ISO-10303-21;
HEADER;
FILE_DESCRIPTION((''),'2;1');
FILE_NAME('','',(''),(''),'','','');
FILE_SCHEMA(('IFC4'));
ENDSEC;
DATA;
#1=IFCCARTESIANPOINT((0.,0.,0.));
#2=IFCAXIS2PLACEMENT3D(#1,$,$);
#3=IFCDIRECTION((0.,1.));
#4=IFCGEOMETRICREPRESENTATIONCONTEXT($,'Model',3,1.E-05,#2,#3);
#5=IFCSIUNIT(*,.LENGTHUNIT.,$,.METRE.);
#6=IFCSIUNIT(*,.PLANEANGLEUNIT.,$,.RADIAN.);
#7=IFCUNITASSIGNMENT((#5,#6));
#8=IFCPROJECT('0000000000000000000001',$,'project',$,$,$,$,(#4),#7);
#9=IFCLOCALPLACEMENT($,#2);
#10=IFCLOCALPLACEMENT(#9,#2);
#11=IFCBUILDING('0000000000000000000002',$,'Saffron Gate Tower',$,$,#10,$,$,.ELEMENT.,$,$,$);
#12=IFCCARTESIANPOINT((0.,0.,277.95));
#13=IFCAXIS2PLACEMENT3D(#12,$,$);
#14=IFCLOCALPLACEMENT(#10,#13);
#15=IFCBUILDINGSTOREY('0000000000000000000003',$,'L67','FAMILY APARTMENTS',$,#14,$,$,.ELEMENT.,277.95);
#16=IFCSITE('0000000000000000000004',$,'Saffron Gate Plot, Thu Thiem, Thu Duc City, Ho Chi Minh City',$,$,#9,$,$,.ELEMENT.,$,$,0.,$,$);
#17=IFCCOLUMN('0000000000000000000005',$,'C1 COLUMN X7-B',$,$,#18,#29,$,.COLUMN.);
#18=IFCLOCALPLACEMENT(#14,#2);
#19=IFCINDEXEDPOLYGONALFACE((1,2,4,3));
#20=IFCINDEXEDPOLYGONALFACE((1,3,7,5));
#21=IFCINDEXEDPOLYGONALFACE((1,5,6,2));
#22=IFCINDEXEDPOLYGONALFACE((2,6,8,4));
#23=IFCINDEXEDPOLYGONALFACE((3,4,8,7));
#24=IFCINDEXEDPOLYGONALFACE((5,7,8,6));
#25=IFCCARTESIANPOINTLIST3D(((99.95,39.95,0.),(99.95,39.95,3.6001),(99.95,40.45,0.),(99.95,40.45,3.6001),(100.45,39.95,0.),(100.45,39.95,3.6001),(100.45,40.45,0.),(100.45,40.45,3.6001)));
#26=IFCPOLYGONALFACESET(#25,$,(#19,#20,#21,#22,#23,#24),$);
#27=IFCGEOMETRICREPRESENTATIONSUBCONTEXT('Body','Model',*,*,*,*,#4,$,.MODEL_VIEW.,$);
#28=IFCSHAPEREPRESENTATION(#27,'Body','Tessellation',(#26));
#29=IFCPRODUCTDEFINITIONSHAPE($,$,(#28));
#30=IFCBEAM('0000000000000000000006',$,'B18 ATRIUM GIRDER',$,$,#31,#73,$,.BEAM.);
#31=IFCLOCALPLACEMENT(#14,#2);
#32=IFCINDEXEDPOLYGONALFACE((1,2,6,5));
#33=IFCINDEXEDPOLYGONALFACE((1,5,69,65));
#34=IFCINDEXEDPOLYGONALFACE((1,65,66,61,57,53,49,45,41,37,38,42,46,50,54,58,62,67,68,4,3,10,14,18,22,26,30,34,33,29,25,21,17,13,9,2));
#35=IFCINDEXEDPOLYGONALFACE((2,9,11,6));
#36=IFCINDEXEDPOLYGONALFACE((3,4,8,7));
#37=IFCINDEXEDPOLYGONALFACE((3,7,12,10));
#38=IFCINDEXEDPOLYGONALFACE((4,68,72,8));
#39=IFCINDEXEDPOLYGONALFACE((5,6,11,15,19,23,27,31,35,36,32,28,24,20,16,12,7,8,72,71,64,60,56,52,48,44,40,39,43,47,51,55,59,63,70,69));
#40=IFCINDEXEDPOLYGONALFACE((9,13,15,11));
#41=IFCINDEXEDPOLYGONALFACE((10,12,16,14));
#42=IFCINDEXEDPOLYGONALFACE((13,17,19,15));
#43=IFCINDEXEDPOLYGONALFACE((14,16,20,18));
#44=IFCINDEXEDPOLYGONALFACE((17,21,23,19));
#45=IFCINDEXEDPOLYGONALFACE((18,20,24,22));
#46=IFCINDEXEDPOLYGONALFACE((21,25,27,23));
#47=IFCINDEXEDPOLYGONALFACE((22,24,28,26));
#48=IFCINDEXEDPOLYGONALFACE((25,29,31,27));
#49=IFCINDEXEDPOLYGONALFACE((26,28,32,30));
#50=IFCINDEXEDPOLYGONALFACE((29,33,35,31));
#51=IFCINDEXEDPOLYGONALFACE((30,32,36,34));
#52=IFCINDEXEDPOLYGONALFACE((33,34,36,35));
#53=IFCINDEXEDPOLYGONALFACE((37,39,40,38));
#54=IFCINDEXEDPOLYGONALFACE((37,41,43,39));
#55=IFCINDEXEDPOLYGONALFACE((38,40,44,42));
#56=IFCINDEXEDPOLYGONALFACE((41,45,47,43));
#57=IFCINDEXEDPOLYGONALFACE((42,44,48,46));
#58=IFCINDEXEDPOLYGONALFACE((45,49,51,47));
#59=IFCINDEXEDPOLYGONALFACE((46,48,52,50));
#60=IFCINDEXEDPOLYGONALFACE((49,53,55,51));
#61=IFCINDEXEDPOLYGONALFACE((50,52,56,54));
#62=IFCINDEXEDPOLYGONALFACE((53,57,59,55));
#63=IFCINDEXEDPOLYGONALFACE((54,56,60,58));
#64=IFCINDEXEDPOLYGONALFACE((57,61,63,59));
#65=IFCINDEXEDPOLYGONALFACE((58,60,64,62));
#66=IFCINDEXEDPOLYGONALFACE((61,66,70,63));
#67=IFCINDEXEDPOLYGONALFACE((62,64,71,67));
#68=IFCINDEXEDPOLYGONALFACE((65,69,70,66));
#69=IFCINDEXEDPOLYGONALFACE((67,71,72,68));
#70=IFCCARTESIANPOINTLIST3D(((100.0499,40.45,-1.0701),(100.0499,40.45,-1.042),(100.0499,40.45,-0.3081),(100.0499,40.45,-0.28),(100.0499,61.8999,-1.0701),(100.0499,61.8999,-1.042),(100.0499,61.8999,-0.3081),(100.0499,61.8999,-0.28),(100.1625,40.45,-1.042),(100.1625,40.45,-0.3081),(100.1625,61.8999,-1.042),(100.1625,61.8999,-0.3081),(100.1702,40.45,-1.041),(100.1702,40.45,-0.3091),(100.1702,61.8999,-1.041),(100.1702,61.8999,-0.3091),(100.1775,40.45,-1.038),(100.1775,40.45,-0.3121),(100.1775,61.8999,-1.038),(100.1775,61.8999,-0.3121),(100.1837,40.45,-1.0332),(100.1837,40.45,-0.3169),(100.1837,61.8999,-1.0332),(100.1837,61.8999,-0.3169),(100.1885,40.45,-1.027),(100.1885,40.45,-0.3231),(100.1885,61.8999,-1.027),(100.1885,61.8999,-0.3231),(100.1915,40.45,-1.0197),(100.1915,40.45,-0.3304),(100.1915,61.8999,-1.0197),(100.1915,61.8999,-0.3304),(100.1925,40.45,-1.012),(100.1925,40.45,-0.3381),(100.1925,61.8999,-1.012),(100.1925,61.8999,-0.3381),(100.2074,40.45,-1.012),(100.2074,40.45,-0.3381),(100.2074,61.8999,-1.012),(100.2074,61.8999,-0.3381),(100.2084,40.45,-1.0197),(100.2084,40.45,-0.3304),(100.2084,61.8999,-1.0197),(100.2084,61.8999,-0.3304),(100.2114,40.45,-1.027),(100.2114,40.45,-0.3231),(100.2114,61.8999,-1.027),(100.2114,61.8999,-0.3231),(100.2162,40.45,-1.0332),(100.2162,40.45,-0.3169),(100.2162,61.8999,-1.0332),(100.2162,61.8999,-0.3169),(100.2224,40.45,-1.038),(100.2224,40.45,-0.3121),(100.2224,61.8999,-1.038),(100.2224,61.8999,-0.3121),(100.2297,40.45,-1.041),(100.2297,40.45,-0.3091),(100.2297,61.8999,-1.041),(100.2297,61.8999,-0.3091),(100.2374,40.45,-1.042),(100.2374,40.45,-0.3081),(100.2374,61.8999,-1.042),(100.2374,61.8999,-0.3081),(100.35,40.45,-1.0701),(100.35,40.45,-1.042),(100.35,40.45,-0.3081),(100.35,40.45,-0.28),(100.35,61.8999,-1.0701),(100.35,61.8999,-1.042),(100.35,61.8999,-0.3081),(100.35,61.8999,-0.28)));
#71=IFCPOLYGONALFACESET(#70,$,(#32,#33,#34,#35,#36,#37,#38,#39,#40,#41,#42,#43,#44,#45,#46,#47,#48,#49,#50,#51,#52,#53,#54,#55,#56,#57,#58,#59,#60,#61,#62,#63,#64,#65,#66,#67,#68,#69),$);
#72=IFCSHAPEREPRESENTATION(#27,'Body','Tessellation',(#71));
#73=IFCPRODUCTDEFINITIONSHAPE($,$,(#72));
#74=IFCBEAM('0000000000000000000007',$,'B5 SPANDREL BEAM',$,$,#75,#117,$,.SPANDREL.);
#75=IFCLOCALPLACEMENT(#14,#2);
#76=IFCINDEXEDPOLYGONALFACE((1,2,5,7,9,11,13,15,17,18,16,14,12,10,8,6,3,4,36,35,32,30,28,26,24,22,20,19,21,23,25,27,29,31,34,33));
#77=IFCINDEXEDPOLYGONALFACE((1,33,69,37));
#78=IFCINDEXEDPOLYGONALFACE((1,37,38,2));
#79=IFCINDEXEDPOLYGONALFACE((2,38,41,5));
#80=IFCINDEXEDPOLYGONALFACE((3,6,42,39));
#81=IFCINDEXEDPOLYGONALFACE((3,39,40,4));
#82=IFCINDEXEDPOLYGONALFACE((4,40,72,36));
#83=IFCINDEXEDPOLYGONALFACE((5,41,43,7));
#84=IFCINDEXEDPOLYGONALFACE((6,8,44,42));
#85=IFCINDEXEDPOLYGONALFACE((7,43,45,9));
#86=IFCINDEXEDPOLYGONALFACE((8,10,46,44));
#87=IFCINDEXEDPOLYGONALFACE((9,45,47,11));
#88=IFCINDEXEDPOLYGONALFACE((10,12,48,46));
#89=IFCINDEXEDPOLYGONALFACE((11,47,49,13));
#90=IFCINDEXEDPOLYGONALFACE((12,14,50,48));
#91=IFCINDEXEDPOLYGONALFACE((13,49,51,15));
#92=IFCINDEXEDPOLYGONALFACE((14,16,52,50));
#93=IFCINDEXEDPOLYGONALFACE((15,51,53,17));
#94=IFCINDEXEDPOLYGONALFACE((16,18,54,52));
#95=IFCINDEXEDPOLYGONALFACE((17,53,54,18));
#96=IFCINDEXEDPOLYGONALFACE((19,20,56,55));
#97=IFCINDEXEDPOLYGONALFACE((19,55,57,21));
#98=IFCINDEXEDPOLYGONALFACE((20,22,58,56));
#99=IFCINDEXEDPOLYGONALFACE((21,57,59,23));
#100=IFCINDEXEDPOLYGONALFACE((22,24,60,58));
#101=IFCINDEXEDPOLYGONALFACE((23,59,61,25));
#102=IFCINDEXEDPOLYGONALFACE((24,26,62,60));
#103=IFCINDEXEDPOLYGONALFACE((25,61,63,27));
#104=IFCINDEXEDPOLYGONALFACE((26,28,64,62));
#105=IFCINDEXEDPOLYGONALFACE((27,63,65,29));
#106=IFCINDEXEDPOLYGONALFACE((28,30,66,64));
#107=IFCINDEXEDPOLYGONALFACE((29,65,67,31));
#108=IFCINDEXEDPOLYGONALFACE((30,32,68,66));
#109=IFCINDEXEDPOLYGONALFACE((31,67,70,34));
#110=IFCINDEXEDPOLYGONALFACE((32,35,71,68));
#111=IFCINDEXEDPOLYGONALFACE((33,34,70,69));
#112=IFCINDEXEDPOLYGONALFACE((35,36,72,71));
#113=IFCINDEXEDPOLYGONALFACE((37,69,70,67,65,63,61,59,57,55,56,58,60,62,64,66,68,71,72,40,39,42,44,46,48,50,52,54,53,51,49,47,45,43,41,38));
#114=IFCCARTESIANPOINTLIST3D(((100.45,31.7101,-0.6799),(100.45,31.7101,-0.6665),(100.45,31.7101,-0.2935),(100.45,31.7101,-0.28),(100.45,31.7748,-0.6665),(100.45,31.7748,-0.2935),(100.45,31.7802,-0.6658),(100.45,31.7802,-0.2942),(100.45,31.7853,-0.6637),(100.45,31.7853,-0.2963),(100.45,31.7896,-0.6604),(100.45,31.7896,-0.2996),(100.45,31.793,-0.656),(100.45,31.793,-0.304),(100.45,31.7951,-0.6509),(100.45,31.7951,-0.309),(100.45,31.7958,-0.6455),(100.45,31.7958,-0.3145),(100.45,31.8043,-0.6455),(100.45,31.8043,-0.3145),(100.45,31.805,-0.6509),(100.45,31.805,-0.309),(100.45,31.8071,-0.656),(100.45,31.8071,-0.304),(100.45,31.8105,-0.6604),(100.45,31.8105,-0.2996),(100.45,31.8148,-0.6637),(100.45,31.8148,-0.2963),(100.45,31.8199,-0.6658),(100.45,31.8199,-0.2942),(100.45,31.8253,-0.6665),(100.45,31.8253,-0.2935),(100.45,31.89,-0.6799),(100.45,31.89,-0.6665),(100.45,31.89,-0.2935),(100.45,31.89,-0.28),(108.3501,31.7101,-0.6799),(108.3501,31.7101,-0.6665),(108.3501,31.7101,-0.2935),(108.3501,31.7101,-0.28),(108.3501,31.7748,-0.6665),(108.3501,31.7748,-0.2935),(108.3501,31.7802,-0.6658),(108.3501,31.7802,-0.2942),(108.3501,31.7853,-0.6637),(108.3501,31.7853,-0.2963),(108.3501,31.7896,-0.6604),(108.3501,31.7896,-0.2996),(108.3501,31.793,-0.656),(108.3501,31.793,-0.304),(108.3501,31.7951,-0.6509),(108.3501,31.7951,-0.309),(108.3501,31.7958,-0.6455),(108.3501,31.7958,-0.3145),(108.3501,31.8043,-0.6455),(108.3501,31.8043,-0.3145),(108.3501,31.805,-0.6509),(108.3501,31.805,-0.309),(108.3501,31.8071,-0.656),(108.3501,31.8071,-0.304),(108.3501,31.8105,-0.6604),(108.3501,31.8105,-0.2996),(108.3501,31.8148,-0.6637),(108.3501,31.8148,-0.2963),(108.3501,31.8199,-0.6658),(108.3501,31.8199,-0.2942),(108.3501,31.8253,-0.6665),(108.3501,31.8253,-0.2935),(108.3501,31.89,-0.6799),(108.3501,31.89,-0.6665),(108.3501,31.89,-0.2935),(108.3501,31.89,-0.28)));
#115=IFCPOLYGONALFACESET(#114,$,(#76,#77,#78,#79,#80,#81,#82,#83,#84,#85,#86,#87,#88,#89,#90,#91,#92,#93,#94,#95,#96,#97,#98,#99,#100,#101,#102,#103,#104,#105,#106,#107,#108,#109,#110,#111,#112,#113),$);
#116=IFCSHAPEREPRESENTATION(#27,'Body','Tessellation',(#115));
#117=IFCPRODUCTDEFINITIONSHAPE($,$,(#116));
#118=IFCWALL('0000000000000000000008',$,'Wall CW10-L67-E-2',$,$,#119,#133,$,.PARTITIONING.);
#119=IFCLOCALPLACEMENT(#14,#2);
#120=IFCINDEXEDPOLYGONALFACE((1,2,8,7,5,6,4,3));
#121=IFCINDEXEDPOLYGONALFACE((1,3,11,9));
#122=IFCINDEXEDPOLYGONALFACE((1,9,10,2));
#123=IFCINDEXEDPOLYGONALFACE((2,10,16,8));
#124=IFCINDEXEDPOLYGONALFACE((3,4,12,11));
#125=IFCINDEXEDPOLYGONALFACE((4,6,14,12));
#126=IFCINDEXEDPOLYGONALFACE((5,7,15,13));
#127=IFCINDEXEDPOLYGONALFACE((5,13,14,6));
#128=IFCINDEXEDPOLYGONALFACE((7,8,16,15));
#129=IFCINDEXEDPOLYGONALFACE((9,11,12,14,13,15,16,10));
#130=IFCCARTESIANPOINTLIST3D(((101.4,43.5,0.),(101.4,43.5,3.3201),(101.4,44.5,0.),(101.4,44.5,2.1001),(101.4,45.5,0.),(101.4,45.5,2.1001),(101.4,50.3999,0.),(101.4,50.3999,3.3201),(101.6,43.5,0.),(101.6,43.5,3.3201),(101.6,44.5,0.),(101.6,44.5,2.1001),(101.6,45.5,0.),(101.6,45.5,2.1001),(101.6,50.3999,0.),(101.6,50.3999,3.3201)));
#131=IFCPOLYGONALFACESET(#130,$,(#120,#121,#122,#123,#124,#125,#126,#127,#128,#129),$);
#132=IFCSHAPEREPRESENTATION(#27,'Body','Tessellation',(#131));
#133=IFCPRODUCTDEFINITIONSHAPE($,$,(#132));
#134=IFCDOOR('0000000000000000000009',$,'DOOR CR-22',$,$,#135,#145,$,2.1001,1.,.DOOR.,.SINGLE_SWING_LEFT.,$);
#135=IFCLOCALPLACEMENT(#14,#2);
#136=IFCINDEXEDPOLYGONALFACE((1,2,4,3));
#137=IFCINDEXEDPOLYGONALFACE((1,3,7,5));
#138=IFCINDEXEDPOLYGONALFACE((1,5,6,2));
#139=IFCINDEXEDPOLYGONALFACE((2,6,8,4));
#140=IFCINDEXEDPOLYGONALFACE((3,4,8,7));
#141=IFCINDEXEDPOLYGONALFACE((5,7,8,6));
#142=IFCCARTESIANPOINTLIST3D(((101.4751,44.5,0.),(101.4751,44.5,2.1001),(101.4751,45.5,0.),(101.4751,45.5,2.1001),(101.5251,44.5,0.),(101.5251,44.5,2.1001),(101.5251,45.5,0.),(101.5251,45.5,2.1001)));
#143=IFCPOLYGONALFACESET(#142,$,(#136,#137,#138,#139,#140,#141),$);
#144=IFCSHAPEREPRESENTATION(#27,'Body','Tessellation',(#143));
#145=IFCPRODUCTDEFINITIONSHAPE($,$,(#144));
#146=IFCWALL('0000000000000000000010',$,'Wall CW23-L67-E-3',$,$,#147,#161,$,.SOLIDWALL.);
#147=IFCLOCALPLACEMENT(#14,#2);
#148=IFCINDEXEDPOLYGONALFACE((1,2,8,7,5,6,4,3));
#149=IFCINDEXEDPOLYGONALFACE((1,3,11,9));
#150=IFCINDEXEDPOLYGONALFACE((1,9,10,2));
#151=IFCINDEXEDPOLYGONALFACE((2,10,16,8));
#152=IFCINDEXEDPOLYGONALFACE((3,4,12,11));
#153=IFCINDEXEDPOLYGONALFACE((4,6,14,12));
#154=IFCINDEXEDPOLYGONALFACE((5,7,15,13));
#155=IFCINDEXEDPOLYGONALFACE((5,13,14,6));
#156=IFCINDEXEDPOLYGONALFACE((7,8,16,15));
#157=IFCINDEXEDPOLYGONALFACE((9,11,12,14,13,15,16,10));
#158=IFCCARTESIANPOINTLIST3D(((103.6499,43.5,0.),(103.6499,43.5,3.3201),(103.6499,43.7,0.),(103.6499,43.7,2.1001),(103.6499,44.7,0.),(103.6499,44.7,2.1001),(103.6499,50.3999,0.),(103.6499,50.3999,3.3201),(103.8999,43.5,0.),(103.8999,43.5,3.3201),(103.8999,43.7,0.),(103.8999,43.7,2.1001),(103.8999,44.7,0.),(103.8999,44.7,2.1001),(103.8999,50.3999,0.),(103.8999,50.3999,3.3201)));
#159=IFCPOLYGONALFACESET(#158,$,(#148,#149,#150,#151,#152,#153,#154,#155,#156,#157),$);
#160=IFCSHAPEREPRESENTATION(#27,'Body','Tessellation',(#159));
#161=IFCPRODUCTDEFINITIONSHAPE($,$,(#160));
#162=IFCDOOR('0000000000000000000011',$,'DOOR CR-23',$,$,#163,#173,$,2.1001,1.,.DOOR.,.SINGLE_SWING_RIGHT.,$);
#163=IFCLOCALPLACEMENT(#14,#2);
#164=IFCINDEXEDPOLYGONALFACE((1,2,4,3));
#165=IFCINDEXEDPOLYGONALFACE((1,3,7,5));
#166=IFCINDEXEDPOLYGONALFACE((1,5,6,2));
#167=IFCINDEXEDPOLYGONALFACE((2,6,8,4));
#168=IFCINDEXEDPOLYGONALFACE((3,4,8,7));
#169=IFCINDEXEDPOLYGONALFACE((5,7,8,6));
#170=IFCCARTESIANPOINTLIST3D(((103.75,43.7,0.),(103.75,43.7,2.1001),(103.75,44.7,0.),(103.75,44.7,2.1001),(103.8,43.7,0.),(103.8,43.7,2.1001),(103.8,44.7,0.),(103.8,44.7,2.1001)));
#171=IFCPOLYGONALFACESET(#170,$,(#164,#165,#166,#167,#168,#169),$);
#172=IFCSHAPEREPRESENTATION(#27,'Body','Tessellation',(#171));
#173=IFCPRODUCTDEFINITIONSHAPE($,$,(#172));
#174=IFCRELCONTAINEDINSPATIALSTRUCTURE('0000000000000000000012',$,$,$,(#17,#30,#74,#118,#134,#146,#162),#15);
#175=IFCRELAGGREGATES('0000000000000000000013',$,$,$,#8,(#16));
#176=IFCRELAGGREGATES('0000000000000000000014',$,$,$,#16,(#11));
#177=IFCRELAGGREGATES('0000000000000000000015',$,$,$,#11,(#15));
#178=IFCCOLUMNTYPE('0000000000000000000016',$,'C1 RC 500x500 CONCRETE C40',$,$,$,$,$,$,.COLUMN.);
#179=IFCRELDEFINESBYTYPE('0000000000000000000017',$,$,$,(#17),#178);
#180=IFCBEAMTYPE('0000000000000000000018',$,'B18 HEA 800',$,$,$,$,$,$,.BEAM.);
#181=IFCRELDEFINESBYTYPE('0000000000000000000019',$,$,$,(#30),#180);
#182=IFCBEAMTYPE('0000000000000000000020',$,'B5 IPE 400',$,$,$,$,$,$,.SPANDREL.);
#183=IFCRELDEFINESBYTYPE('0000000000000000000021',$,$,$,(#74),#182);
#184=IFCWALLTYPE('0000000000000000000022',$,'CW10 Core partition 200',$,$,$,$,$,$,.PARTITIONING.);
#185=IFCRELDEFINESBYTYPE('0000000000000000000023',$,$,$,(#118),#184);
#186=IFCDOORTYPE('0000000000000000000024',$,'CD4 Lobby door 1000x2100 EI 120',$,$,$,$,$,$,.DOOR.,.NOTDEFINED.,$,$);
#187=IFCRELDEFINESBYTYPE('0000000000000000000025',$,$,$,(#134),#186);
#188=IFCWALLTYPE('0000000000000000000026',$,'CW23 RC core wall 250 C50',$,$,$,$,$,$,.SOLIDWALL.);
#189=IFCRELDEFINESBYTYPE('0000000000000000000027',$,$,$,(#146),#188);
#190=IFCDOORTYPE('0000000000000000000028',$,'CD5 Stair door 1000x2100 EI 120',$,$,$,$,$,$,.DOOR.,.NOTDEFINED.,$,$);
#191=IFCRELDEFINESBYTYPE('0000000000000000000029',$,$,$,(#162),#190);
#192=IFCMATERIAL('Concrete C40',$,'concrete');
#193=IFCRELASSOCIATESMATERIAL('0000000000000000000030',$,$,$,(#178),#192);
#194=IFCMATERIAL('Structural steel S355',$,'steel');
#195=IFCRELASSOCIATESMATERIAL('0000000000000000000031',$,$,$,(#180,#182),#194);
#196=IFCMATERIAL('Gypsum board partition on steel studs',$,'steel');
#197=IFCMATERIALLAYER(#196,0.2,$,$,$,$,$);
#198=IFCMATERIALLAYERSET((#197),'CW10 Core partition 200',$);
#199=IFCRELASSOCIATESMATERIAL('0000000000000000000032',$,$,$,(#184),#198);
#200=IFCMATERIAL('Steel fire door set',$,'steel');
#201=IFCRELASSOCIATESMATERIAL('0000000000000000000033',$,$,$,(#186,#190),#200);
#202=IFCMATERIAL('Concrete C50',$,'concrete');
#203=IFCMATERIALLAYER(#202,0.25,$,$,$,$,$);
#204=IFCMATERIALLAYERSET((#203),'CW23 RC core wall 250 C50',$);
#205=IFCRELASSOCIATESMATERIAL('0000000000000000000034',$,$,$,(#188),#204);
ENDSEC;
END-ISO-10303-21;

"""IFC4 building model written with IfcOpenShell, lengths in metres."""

from ifc_helpers import new_model, si_unit, direction, frame, frame_2d, origin, origin_2d, place, context, subcontext, project, spatial, rectangle, i_section, extrude, material, layer, layer_set, material_profile, profile_set, type_object, element, fill, save


model = new_model("IFC4")

# Units and contexts
model_context = context("Model", 3, precision=1e-05, world=origin(), true_north=direction((0.0, 1.0)))
body_context = subcontext(model_context, "Body", "Model", "MODEL_VIEW")
ifc_project = project(units=[si_unit("LENGTHUNIT", "METRE"), si_unit("PLANEANGLEUNIT", "RADIAN")], contexts=[model_context])

# Site, building, storey
site_placement = place(None, origin())
site = spatial("IfcSite", under=ifc_project, at=site_placement, Name="Saffron Gate Plot, Thu Thiem, Thu Duc City, Ho Chi Minh City", CompositionType="ELEMENT", RefElevation=0.0)
building_placement = place(site_placement, origin())
building = spatial("IfcBuilding", under=site, at=building_placement, Name="Saffron Gate Tower", CompositionType="ELEMENT")
storey_placement = place(building_placement, frame((0.0, 0.0, 277.95)))
storey = spatial("IfcBuildingStorey", under=building, at=storey_placement, Name="L67", Description="FAMILY APARTMENTS", CompositionType="ELEMENT", Elevation=277.95)

# Column
ifc_material_1 = material(Name="Concrete C40", Category="concrete")
ifc_material_profile_1 = material_profile(ifc_material_1, rectangle(XDim=0.5, YDim=0.5, at=origin_2d()))
ifc_profile_set_1 = profile_set([ifc_material_profile_1], Name="Concrete C40")
column_type = type_object("IfcColumnType", Name="C1 RC 500x500 CONCRETE C40", PredefinedType="COLUMN", material=ifc_profile_set_1)
column_placement = place(storey_placement, frame((100.2, 40.2, 0.0), z_axis=(0.0, 0.0, 1.0), x_axis=(1.0, 0.0, 0.0)))
element("IfcColumn", 1, at=column_placement, inside=storey, type_object=column_type, Name="C1 COLUMN X7-B", PredefinedType="COLUMN", context=body_context, shape_type="SweptSolid", body=[
    extrude(rectangle(XDim=0.5, YDim=0.5, at=origin_2d()), origin(), (0.0, 0.0, 1.0), 3.6001),
])

# Beams
ifc_material_2 = material(Name="Structural steel S355", Category="steel")
ifc_material_profile_2 = material_profile(ifc_material_2, i_section(OverallWidth=0.3, OverallDepth=0.79, WebThickness=0.0149, FlangeThickness=0.0281, FilletRadius=0.03, at=origin_2d()))
ifc_profile_set_2 = profile_set([ifc_material_profile_2], Name="Structural steel S355")
beam_type_1 = type_object("IfcBeamType", Name="B18 HEA 800", PredefinedType="BEAM", material=ifc_profile_set_2)
beam_1_placement = place(storey_placement, frame((100.2, 40.45, -0.675), z_axis=(0.0, 1.0, 0.0), x_axis=(-1.0, 0.0, 0.0)))
element("IfcBeam", 2, at=beam_1_placement, inside=storey, type_object=beam_type_1, Name="B18 ATRIUM GIRDER", PredefinedType="BEAM", context=body_context, shape_type="SweptSolid", body=[
    extrude(i_section(OverallWidth=0.3, OverallDepth=0.79, WebThickness=0.0149, FlangeThickness=0.0281, FilletRadius=0.03, at=origin_2d()), origin(), (0.0, 0.0, 1.0), 21.45),
])
ifc_material_profile_3 = material_profile(ifc_material_2, i_section(OverallWidth=0.1799, OverallDepth=0.3999, WebThickness=0.0085, FlangeThickness=0.0134, FilletRadius=0.021, at=origin_2d()))
ifc_profile_set_3 = profile_set([ifc_material_profile_3], Name="Structural steel S355")
beam_type_2 = type_object("IfcBeamType", Name="B5 IPE 400", PredefinedType="SPANDREL", material=ifc_profile_set_3)
beam_2_placement = place(storey_placement, frame((100.45, 31.8, -0.48), z_axis=(1.0, 0.0, 0.0), x_axis=(0.0, 1.0, 0.0)))
element("IfcBeam", 3, at=beam_2_placement, inside=storey, type_object=beam_type_2, Name="B5 SPANDREL BEAM", PredefinedType="SPANDREL", context=body_context, shape_type="SweptSolid", body=[
    extrude(i_section(OverallWidth=0.1799, OverallDepth=0.3999, WebThickness=0.0085, FlangeThickness=0.0134, FilletRadius=0.021, at=origin_2d()), origin(), (0.0, 0.0, 1.0), 7.9001),
])

# Walls, openings, doors
ifc_material_3 = material(Name="Gypsum board partition on steel studs", Category="steel")
ifc_layer_1 = layer(ifc_material_3, 0.2)
ifc_layer_set_1 = layer_set([ifc_layer_1], Name="CW10 Core partition 200")
wall_type_1 = type_object("IfcWallType", Name="CW10 Core partition 200", PredefinedType="PARTITIONING", material=ifc_layer_set_1)
wall_1_placement = place(storey_placement, frame((101.5, 43.5, 0.0), z_axis=(0.0, 0.0, 1.0), x_axis=(0.0, 1.0, 0.0)))
wall_1 = element("IfcWall", 4, at=wall_1_placement, inside=storey, type_object=wall_type_1, Name="Wall CW10-L67-E-2", PredefinedType="PARTITIONING", context=body_context, shape_type="SweptSolid", body=[
    extrude(rectangle(XDim=6.8999, YDim=0.2, at=frame_2d((3.45, 0.0))), origin(), (0.0, 0.0, 1.0), 3.3201),
])
opening_1_placement = place(wall_1_placement, frame((1.0, 0.0, 0.0)))
opening_1 = element("IfcOpeningElement", 5, at=opening_1_placement, cuts=wall_1, PredefinedType="OPENING", context=body_context, shape_type="SweptSolid", body=[
    extrude(rectangle(XDim=1.0, YDim=2.1001, at=frame_2d((0.5, 1.05))), frame((0.0, 0.1099, 0.0), z_axis=(0.0, -1.0, 0.0), x_axis=(1.0, 0.0, 0.0)), (0.0, 0.0, 1.0), 0.22),
])
ifc_material_4 = material(Name="Steel fire door set", Category="steel")
door_type_1 = type_object("IfcDoorType", Name="CD4 Lobby door 1000x2100 EI 120", OperationType="NOTDEFINED", PredefinedType="DOOR", material=ifc_material_4)
door_1_placement = place(opening_1_placement, origin())
door_1 = element("IfcDoor", 6, at=door_1_placement, inside=storey, type_object=door_type_1, Name="DOOR CR-22", OperationType="SINGLE_SWING_LEFT", OverallHeight=2.1001, OverallWidth=1.0, PredefinedType="DOOR", context=body_context, shape_type="SweptSolid", body=[
    extrude(rectangle(XDim=1.0, YDim=2.1001, at=frame_2d((0.5, 1.05))), frame((0.0, 0.0249, 0.0), z_axis=(0.0, -1.0, 0.0), x_axis=(1.0, 0.0, 0.0)), (0.0, 0.0, 1.0), 0.05),
])
fill(opening_1, door_1)
ifc_material_5 = material(Name="Concrete C50", Category="concrete")
ifc_layer_2 = layer(ifc_material_5, 0.25)
ifc_layer_set_2 = layer_set([ifc_layer_2], Name="CW23 RC core wall 250 C50")
wall_type_2 = type_object("IfcWallType", Name="CW23 RC core wall 250 C50", PredefinedType="SOLIDWALL", material=ifc_layer_set_2)
wall_2_placement = place(storey_placement, frame((103.7749, 43.5, 0.0), z_axis=(0.0, 0.0, 1.0), x_axis=(0.0, 1.0, 0.0)))
wall_2 = element("IfcWall", 7, at=wall_2_placement, inside=storey, type_object=wall_type_2, Name="Wall CW23-L67-E-3", PredefinedType="SOLIDWALL", context=body_context, shape_type="SweptSolid", body=[
    extrude(rectangle(XDim=6.8999, YDim=0.25, at=frame_2d((3.45, 0.0))), origin(), (0.0, 0.0, 1.0), 3.3201),
])
opening_2_placement = place(wall_2_placement, frame((0.2, 0.0, 0.0)))
opening_2 = element("IfcOpeningElement", 8, at=opening_2_placement, cuts=wall_2, PredefinedType="OPENING", context=body_context, shape_type="SweptSolid", body=[
    extrude(rectangle(XDim=1.0, YDim=2.1001, at=frame_2d((0.5, 1.05))), frame((0.0, 0.135, 0.0), z_axis=(0.0, -1.0, 0.0), x_axis=(1.0, 0.0, 0.0)), (0.0, 0.0, 1.0), 0.27),
])
door_type_2 = type_object("IfcDoorType", Name="CD5 Stair door 1000x2100 EI 120", OperationType="NOTDEFINED", PredefinedType="DOOR", material=ifc_material_4)
door_2_placement = place(opening_2_placement, origin())
door_2 = element("IfcDoor", 9, at=door_2_placement, inside=storey, type_object=door_type_2, Name="DOOR CR-23", OperationType="SINGLE_SWING_RIGHT", OverallHeight=2.1001, OverallWidth=1.0, PredefinedType="DOOR", context=body_context, shape_type="SweptSolid", body=[
    extrude(rectangle(XDim=1.0, YDim=2.1001, at=frame_2d((0.5, 1.05))), frame((0.0, 0.0249, 0.0), z_axis=(0.0, -1.0, 0.0), x_axis=(1.0, 0.0, 0.0)), (0.0, 0.0, 1.0), 0.05),
])
fill(opening_2, door_2)

save(model, "model.ifc")
